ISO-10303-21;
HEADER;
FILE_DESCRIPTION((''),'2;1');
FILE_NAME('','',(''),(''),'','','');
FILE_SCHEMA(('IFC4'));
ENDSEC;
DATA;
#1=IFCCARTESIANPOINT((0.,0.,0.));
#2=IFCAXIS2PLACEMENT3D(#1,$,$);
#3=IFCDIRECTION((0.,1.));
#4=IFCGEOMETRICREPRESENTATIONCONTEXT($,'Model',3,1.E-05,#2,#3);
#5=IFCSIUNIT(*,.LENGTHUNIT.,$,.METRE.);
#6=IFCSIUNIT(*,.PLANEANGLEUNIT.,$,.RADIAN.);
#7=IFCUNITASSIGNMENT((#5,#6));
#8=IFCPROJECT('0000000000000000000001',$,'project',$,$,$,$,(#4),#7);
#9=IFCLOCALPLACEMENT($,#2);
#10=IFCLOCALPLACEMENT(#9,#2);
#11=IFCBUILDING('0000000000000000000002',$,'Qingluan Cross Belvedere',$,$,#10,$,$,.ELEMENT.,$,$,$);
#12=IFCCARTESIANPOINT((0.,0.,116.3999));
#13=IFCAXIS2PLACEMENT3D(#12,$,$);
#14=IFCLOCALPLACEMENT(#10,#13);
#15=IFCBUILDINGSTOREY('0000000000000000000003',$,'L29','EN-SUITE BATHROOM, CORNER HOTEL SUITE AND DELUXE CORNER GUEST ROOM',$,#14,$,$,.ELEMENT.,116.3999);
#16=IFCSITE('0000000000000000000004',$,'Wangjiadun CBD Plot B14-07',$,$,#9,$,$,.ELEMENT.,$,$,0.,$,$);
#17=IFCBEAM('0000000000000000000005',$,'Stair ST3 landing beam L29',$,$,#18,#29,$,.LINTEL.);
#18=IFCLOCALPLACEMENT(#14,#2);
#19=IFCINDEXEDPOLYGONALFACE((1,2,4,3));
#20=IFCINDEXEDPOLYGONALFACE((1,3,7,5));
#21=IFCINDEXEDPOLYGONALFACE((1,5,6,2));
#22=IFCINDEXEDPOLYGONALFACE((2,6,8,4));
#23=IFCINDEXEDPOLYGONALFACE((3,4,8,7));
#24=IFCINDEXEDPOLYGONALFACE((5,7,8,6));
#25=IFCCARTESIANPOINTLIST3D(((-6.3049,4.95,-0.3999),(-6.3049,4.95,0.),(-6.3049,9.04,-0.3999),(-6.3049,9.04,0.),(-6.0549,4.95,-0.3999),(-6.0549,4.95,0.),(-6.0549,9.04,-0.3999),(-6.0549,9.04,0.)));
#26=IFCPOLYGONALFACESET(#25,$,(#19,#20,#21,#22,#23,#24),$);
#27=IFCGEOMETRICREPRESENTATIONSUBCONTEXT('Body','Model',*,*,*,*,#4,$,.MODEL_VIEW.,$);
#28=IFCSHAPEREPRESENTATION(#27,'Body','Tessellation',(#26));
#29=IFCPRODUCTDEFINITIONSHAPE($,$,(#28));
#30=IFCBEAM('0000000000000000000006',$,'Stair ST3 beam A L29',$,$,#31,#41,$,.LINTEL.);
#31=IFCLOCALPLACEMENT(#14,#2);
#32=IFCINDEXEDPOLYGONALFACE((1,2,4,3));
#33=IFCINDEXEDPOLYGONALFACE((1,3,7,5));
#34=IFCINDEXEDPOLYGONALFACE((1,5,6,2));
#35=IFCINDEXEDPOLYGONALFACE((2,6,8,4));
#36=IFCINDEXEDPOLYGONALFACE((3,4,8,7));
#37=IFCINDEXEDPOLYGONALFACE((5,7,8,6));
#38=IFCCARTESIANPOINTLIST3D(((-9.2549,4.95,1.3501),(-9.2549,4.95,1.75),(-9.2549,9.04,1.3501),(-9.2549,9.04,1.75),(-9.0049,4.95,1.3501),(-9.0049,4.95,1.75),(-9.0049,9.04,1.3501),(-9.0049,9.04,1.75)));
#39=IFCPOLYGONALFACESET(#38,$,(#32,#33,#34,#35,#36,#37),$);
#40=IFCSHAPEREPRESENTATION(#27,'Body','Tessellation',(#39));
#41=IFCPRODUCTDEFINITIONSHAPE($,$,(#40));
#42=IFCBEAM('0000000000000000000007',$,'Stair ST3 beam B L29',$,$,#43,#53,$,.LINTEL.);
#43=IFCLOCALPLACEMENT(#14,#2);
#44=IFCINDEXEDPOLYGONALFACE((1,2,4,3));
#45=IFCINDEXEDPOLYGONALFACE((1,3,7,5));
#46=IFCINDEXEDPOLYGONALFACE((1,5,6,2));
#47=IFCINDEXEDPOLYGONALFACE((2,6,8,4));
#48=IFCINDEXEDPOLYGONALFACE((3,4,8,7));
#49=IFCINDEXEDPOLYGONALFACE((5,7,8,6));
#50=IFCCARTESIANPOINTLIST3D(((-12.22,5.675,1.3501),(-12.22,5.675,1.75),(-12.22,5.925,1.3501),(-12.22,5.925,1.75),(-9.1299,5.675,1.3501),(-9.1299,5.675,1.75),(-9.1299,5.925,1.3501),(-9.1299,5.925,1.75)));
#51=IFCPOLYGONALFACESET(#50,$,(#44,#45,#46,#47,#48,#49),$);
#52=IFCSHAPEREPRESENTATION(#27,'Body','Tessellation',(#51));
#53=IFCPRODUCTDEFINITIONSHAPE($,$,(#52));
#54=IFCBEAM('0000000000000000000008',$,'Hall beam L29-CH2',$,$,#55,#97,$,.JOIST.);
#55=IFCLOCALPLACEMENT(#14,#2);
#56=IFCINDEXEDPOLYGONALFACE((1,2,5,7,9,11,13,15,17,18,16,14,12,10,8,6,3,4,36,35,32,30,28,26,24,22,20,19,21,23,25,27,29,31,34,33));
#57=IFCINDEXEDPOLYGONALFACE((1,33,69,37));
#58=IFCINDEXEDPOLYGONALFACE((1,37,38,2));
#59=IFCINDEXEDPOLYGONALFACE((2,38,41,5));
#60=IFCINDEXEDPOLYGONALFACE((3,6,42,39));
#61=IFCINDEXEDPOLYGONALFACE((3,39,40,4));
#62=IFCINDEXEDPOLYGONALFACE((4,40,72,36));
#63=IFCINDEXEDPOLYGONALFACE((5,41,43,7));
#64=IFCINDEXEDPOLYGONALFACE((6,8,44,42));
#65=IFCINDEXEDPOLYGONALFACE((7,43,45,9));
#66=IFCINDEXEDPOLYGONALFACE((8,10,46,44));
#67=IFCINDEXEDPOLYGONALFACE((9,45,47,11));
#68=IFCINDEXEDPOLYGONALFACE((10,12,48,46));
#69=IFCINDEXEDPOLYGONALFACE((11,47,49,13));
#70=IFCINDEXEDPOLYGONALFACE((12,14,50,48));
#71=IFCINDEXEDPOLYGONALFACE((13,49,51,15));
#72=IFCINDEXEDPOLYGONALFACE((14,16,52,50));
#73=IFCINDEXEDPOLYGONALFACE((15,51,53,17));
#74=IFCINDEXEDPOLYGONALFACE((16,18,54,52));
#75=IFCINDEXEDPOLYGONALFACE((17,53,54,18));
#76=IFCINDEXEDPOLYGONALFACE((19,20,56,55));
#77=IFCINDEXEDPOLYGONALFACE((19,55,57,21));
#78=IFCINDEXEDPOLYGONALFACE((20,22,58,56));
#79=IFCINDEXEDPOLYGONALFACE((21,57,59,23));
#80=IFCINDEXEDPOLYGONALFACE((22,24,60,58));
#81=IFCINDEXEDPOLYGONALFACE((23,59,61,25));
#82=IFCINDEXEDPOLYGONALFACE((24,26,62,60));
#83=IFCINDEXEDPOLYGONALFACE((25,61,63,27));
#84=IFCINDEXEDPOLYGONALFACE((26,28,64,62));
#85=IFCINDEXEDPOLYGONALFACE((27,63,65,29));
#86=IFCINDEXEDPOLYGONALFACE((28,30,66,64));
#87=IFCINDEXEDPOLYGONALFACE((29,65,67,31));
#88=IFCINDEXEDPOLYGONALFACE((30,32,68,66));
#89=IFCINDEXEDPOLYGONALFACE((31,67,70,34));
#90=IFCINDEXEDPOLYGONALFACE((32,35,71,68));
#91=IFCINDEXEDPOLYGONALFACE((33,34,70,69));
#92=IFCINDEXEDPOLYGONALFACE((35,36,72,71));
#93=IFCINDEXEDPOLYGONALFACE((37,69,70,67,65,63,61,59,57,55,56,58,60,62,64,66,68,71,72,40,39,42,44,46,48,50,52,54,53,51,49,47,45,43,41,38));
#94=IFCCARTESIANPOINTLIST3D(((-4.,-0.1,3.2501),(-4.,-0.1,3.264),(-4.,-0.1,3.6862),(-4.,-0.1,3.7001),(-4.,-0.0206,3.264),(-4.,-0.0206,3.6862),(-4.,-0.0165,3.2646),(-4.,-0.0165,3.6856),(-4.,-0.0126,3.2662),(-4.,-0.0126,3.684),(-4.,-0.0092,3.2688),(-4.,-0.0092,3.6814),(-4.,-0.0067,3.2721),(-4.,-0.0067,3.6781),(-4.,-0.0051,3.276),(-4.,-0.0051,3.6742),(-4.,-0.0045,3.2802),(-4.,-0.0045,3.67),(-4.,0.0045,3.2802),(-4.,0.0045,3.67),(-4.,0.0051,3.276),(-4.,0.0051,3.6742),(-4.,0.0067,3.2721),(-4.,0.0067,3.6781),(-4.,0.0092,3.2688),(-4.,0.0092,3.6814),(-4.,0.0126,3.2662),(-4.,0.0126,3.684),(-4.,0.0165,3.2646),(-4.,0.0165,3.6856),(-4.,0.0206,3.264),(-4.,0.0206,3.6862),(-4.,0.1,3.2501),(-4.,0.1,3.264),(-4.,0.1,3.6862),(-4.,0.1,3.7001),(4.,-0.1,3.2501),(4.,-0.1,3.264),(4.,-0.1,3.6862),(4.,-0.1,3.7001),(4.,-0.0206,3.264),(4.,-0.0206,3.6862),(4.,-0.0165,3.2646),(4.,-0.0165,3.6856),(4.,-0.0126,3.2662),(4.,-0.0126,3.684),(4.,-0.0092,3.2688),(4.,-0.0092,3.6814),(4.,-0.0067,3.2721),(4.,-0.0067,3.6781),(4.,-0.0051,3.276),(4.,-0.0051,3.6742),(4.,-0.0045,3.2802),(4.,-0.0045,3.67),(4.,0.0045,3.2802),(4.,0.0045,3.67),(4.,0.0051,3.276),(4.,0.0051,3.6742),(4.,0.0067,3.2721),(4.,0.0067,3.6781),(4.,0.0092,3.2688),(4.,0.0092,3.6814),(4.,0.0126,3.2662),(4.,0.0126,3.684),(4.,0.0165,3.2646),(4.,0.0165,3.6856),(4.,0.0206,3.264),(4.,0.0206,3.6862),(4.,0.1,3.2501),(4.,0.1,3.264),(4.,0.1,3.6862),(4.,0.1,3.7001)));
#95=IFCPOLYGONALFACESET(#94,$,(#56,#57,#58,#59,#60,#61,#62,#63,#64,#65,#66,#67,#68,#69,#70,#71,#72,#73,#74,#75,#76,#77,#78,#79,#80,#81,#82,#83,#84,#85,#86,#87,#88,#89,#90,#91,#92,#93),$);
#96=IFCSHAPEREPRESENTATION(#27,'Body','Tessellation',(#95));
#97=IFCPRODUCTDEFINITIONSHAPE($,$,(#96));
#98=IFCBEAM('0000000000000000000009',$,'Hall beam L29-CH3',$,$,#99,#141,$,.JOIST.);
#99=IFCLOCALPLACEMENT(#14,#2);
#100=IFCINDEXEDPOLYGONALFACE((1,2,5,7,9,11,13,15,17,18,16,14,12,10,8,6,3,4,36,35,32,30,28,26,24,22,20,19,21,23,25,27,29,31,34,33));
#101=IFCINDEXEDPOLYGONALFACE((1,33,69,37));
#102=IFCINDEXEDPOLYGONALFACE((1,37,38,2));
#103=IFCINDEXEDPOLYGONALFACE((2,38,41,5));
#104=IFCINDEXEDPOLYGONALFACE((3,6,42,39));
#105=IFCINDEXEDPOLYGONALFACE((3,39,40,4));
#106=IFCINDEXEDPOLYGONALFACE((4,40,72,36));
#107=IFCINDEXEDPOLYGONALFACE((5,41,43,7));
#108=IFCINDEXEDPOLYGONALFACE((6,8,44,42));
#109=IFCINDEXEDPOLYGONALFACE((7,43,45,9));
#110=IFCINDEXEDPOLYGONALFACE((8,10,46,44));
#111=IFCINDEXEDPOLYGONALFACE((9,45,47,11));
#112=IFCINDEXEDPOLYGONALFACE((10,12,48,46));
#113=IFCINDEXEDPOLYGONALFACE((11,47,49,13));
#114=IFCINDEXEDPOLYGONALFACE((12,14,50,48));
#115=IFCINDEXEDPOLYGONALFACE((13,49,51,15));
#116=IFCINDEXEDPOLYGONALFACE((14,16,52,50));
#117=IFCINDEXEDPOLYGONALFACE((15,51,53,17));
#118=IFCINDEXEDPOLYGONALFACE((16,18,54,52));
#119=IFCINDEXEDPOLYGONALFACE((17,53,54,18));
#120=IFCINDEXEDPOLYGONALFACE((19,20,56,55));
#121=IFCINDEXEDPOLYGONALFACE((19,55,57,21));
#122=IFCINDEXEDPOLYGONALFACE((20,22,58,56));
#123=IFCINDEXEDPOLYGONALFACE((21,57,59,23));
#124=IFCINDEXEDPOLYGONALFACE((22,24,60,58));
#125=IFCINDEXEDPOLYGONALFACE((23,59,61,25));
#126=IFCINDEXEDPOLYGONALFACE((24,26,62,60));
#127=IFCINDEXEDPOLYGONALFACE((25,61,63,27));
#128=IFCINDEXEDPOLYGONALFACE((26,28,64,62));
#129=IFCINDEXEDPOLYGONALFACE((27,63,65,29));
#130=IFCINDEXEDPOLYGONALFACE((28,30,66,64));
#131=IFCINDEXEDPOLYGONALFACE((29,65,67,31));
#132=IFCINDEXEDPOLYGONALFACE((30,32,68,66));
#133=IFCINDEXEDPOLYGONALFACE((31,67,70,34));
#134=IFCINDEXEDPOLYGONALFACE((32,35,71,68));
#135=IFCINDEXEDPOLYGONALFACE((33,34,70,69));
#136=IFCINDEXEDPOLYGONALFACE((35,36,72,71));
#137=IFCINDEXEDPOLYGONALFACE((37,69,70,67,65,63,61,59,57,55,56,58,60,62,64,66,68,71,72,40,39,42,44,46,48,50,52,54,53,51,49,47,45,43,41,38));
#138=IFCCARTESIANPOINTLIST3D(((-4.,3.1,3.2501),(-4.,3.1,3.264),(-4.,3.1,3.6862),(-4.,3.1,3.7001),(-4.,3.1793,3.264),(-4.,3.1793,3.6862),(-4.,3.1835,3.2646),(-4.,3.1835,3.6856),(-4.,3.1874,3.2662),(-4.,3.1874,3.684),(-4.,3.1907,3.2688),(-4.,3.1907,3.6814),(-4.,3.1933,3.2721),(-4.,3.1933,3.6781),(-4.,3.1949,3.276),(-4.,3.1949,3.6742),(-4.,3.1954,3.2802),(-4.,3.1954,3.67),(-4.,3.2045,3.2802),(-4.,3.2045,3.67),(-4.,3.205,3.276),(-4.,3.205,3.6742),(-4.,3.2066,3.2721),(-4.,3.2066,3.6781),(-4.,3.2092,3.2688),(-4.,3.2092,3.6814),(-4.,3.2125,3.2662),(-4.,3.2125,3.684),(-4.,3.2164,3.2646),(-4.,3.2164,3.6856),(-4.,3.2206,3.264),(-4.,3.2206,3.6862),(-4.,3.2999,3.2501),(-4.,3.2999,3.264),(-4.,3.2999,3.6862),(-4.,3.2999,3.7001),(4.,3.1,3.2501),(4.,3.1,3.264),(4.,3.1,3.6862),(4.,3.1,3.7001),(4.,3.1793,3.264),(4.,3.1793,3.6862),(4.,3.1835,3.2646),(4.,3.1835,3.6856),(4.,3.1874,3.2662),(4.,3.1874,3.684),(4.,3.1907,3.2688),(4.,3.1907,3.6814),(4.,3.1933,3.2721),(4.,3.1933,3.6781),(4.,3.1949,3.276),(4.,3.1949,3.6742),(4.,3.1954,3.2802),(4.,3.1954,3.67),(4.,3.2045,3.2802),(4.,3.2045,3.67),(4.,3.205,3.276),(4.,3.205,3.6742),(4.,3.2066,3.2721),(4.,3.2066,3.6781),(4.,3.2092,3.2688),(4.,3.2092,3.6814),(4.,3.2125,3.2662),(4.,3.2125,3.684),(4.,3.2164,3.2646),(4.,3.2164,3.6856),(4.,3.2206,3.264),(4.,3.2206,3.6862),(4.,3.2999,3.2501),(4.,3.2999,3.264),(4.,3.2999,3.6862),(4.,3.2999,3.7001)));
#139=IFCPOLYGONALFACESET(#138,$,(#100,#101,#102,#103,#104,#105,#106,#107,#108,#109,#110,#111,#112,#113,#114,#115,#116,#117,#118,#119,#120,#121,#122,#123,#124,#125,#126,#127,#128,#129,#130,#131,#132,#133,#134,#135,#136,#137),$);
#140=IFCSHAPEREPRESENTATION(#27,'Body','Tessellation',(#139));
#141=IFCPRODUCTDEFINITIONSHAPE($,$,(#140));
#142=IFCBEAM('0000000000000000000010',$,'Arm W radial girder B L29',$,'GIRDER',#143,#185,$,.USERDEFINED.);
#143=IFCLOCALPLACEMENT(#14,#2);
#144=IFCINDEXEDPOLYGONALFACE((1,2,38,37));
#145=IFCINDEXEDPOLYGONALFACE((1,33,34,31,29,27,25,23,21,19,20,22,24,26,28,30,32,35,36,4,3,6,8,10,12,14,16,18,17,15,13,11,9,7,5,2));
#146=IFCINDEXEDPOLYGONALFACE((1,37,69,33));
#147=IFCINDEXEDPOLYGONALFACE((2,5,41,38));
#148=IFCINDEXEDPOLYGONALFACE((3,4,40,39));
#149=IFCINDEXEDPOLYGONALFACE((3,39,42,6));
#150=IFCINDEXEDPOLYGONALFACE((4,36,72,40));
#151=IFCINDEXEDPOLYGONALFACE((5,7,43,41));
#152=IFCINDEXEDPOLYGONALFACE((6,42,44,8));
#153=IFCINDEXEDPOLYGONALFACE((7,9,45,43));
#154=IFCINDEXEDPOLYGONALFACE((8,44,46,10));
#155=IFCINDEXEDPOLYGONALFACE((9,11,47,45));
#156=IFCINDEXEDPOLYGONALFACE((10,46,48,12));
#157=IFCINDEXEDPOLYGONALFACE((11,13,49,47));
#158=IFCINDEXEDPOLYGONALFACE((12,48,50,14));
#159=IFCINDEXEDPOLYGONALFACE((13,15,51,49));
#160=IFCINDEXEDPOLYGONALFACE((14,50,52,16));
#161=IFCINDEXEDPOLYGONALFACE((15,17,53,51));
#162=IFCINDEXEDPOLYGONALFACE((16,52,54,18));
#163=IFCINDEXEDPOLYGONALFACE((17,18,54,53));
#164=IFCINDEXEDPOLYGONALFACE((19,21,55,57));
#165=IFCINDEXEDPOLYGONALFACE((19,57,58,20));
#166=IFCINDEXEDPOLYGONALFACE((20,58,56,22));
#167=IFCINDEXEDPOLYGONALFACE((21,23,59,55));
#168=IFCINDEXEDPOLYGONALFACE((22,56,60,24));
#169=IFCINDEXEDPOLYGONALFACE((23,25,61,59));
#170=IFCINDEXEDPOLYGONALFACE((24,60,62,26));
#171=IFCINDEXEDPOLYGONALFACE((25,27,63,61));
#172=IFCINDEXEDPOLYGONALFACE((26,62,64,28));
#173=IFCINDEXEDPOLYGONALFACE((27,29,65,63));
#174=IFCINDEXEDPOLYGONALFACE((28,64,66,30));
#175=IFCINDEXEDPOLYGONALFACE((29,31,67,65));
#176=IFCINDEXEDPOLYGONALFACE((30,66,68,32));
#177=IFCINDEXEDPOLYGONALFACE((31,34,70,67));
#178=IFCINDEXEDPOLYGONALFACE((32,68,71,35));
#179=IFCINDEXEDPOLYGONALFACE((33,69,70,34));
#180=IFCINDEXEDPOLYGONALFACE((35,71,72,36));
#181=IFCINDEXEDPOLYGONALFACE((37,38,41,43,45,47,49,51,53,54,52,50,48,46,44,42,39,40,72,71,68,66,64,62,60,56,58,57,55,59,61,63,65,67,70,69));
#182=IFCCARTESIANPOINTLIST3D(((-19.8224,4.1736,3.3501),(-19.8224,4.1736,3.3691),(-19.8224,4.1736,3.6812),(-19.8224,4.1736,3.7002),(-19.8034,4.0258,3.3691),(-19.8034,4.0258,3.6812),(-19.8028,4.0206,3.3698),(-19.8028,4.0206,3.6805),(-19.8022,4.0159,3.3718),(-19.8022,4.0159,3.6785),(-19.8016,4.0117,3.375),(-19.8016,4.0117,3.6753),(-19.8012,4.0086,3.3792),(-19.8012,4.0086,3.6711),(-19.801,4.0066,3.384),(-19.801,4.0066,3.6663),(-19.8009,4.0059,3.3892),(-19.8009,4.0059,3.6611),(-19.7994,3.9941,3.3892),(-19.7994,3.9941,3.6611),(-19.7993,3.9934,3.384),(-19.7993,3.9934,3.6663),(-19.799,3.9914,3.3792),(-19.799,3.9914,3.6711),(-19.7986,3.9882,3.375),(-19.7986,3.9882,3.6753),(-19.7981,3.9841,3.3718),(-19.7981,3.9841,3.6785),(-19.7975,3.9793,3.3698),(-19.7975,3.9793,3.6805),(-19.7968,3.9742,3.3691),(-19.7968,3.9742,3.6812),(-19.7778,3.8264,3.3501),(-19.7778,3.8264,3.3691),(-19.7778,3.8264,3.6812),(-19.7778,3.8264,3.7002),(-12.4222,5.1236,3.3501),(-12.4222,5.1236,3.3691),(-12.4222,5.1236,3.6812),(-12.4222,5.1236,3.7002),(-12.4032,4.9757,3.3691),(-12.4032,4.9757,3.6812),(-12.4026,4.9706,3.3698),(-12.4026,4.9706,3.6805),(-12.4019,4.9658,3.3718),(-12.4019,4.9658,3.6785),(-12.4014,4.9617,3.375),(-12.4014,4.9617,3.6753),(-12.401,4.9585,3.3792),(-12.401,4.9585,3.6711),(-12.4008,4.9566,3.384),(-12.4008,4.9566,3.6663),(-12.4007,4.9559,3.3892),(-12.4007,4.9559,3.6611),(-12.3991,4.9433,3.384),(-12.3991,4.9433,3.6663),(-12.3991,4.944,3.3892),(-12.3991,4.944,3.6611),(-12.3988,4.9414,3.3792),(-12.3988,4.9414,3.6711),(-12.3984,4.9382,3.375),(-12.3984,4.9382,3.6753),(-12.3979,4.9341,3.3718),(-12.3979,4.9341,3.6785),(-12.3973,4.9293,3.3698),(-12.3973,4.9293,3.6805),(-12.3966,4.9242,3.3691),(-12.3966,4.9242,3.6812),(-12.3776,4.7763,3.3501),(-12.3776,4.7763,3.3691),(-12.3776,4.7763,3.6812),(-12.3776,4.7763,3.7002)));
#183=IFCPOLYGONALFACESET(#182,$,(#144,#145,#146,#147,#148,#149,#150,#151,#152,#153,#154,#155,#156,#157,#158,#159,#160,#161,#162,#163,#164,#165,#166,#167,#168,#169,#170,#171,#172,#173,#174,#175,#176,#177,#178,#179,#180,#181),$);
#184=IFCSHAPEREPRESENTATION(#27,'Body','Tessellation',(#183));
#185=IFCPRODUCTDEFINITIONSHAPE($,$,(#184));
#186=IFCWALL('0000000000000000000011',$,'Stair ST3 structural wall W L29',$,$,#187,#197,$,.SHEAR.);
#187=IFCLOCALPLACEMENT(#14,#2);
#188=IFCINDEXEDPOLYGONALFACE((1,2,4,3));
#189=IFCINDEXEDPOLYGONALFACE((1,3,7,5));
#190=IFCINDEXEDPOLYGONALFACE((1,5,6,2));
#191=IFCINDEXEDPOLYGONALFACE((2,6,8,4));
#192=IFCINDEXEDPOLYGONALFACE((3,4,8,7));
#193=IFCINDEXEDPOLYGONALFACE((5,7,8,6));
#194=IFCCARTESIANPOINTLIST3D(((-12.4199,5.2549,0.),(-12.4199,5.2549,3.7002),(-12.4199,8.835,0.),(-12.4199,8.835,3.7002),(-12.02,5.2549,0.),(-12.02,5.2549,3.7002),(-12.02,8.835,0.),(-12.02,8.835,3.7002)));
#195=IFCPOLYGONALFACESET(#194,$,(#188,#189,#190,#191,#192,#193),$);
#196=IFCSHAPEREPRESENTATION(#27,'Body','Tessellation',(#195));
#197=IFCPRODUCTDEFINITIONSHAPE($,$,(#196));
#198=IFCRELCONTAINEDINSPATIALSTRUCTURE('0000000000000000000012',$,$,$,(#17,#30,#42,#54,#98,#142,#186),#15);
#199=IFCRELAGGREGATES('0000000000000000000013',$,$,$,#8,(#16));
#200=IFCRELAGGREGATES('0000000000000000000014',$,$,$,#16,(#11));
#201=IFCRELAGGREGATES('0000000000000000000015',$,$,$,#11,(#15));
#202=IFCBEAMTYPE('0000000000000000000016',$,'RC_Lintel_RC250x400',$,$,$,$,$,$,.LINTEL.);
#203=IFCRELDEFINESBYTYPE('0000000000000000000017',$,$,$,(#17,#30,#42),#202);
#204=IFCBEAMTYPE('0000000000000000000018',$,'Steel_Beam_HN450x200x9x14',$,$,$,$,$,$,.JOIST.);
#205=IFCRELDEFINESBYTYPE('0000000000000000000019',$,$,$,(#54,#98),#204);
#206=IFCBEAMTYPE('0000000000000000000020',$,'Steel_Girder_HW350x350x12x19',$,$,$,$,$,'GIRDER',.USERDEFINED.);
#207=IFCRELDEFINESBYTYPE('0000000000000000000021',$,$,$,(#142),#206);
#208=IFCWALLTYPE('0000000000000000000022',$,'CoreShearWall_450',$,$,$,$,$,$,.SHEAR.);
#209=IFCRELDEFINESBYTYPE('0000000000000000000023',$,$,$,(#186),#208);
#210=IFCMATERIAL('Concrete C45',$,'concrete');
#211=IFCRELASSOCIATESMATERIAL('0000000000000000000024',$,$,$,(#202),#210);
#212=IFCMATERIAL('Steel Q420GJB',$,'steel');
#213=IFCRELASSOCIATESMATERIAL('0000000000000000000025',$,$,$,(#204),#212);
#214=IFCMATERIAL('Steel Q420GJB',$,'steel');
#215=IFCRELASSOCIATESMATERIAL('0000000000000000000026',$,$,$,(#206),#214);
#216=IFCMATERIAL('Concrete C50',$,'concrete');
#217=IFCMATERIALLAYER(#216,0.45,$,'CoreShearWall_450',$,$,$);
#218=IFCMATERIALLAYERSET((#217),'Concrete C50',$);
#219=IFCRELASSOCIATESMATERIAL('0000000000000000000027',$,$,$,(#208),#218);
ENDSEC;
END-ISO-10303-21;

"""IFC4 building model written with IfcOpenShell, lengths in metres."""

from ifc_helpers import new_model, si_unit, direction, frame, frame_2d, origin, origin_2d, place, context, subcontext, project, spatial, rectangle, i_section, extrude, material, layer, layer_set, material_profile, profile_set, type_object, element, save


model = new_model("IFC4")

# Units and contexts
model_context = context("Model", 3, precision=1e-05, world=origin(), true_north=direction((0.0, 1.0)))
body_context = subcontext(model_context, "Body", "Model", "MODEL_VIEW")
ifc_project = project(units=[si_unit("LENGTHUNIT", "METRE"), si_unit("PLANEANGLEUNIT", "RADIAN")], contexts=[model_context])

# Site, building, storey
site_placement = place(None, origin())
site = spatial("IfcSite", under=ifc_project, at=site_placement, Name="Wangjiadun CBD Plot B14-07", CompositionType="ELEMENT", RefElevation=0.0)
building_placement = place(site_placement, origin())
building = spatial("IfcBuilding", under=site, at=building_placement, Name="Qingluan Cross Belvedere", CompositionType="ELEMENT")
storey_placement = place(building_placement, frame((0.0, 0.0, 116.3999)))
storey = spatial("IfcBuildingStorey", under=building, at=storey_placement, Name="L29", Description="EN-SUITE BATHROOM, CORNER HOTEL SUITE AND DELUXE CORNER GUEST ROOM", CompositionType="ELEMENT", Elevation=116.3999)

# Beams
ifc_material_1 = material(Name="Concrete C45", Category="concrete")
ifc_material_profile_1 = material_profile(ifc_material_1, rectangle(XDim=0.25, YDim=0.3999, at=origin_2d()), Name="RC250x400")
ifc_profile_set_1 = profile_set([ifc_material_profile_1], Name="Concrete C45")
beam_type_1 = type_object("IfcBeamType", Name="RC_Lintel_RC250x400", PredefinedType="LINTEL", material=ifc_profile_set_1)
for number, where, z_axis, x_axis, name in (
    (1, (-6.1799, 4.95, -0.2), (0.0, 1.0, 0.0), (-1.0, 0.0, 0.0), "Stair ST3 landing beam L29"),
    (2, (-9.1299, 4.95, 1.55), (0.0, 1.0, 0.0), (-1.0, 0.0, 0.0), "Stair ST3 beam A L29"),
):
    element("IfcBeam", number, at=place(storey_placement, frame(where, z_axis=z_axis, x_axis=x_axis)), inside=storey, type_object=beam_type_1, Name=name, PredefinedType="LINTEL", context=body_context, shape_type="SweptSolid", body=[
        extrude(rectangle(XDim=0.25, YDim=0.3999, at=origin_2d()), origin(), (0.0, 0.0, 1.0), 4.0901),
    ])
beam_1_placement = place(storey_placement, frame((-12.22, 5.8, 1.55), z_axis=(1.0, 0.0, 0.0), x_axis=(0.0, 1.0, 0.0)))
element("IfcBeam", 3, at=beam_1_placement, inside=storey, type_object=beam_type_1, Name="Stair ST3 beam B L29", PredefinedType="LINTEL", context=body_context, shape_type="SweptSolid", body=[
    extrude(rectangle(XDim=0.25, YDim=0.3999, at=origin_2d()), origin(), (0.0, 0.0, 1.0), 3.0901),
])
ifc_material_2 = material(Name="Steel Q420GJB", Category="steel")
ifc_material_profile_2 = material_profile(ifc_material_2, i_section(OverallWidth=0.2, OverallDepth=0.45, WebThickness=0.009, FlangeThickness=0.0139, FilletRadius=0.0161, at=origin_2d()), Name="HN450x200x9x14")
ifc_profile_set_2 = profile_set([ifc_material_profile_2], Name="Steel Q420GJB")
beam_type_2 = type_object("IfcBeamType", Name="Steel_Beam_HN450x200x9x14", PredefinedType="JOIST", material=ifc_profile_set_2)
for number, where, z_axis, x_axis, name in (
    (4, (-4.0, 0.0, 3.4751), (1.0, 0.0, 0.0), (0.0, 1.0, 0.0), "Hall beam L29-CH2"),
    (5, (-4.0, 3.2, 3.4751), (1.0, 0.0, 0.0), (0.0, 1.0, 0.0), "Hall beam L29-CH3"),
):
    element("IfcBeam", number, at=place(storey_placement, frame(where, z_axis=z_axis, x_axis=x_axis)), inside=storey, type_object=beam_type_2, Name=name, PredefinedType="JOIST", context=body_context, shape_type="SweptSolid", body=[
        extrude(i_section(OverallWidth=0.2, OverallDepth=0.45, WebThickness=0.009, FlangeThickness=0.0139, FilletRadius=0.0161, at=origin_2d()), origin(), (0.0, 0.0, 1.0), 8.0),
    ])
ifc_material_3 = material(Name="Steel Q420GJB", Category="steel")
ifc_material_profile_3 = material_profile(ifc_material_3, i_section(OverallWidth=0.3501, OverallDepth=0.3501, WebThickness=0.012, FlangeThickness=0.019, FilletRadius=0.02, at=origin_2d()), Name="HW350x350x12x19")
ifc_profile_set_3 = profile_set([ifc_material_profile_3], Name="Steel Q420GJB")
beam_type_3 = type_object("IfcBeamType", Name="Steel_Girder_HW350x350x12x19", ElementType="GIRDER", PredefinedType="USERDEFINED", material=ifc_profile_set_3)
beam_2_placement = place(storey_placement, frame((-12.3999, 4.95, 3.5251), z_axis=(-0.991861, -0.127324, 0.0), x_axis=(0.127324, -0.991861, 0.0)))
element("IfcBeam", 6, at=beam_2_placement, inside=storey, type_object=beam_type_3, Name="Arm W radial girder B L29", ObjectType="GIRDER", PredefinedType="USERDEFINED", context=body_context, shape_type="SweptSolid", body=[
    extrude(i_section(OverallWidth=0.3501, OverallDepth=0.3501, WebThickness=0.012, FlangeThickness=0.019, FilletRadius=0.02, at=origin_2d()), origin(), (0.0, 0.0, 1.0), 7.4609),
])

# Wall
ifc_material_4 = material(Name="Concrete C50", Category="concrete")
ifc_layer_1 = layer(ifc_material_4, 0.45, Name="CoreShearWall_450")
ifc_layer_set_1 = layer_set([ifc_layer_1], Name="Concrete C50")
wall_type_1 = type_object("IfcWallType", Name="CoreShearWall_450", PredefinedType="SHEAR", material=ifc_layer_set_1)
wall_1_placement = place(storey_placement, frame((-12.22, 5.2549, 0.0), z_axis=(0.0, 0.0, 1.0), x_axis=(0.0, 1.0, 0.0)))
element("IfcWall", 7, at=wall_1_placement, inside=storey, type_object=wall_type_1, Name="Stair ST3 structural wall W L29", PredefinedType="SHEAR", context=body_context, shape_type="SweptSolid", body=[
    extrude(rectangle(XDim=3.5801, YDim=0.3999, at=frame_2d((1.79, 0.0))), origin(), (0.0, 0.0, 1.0), 3.7002),
])

save(model, "model.ifc")
